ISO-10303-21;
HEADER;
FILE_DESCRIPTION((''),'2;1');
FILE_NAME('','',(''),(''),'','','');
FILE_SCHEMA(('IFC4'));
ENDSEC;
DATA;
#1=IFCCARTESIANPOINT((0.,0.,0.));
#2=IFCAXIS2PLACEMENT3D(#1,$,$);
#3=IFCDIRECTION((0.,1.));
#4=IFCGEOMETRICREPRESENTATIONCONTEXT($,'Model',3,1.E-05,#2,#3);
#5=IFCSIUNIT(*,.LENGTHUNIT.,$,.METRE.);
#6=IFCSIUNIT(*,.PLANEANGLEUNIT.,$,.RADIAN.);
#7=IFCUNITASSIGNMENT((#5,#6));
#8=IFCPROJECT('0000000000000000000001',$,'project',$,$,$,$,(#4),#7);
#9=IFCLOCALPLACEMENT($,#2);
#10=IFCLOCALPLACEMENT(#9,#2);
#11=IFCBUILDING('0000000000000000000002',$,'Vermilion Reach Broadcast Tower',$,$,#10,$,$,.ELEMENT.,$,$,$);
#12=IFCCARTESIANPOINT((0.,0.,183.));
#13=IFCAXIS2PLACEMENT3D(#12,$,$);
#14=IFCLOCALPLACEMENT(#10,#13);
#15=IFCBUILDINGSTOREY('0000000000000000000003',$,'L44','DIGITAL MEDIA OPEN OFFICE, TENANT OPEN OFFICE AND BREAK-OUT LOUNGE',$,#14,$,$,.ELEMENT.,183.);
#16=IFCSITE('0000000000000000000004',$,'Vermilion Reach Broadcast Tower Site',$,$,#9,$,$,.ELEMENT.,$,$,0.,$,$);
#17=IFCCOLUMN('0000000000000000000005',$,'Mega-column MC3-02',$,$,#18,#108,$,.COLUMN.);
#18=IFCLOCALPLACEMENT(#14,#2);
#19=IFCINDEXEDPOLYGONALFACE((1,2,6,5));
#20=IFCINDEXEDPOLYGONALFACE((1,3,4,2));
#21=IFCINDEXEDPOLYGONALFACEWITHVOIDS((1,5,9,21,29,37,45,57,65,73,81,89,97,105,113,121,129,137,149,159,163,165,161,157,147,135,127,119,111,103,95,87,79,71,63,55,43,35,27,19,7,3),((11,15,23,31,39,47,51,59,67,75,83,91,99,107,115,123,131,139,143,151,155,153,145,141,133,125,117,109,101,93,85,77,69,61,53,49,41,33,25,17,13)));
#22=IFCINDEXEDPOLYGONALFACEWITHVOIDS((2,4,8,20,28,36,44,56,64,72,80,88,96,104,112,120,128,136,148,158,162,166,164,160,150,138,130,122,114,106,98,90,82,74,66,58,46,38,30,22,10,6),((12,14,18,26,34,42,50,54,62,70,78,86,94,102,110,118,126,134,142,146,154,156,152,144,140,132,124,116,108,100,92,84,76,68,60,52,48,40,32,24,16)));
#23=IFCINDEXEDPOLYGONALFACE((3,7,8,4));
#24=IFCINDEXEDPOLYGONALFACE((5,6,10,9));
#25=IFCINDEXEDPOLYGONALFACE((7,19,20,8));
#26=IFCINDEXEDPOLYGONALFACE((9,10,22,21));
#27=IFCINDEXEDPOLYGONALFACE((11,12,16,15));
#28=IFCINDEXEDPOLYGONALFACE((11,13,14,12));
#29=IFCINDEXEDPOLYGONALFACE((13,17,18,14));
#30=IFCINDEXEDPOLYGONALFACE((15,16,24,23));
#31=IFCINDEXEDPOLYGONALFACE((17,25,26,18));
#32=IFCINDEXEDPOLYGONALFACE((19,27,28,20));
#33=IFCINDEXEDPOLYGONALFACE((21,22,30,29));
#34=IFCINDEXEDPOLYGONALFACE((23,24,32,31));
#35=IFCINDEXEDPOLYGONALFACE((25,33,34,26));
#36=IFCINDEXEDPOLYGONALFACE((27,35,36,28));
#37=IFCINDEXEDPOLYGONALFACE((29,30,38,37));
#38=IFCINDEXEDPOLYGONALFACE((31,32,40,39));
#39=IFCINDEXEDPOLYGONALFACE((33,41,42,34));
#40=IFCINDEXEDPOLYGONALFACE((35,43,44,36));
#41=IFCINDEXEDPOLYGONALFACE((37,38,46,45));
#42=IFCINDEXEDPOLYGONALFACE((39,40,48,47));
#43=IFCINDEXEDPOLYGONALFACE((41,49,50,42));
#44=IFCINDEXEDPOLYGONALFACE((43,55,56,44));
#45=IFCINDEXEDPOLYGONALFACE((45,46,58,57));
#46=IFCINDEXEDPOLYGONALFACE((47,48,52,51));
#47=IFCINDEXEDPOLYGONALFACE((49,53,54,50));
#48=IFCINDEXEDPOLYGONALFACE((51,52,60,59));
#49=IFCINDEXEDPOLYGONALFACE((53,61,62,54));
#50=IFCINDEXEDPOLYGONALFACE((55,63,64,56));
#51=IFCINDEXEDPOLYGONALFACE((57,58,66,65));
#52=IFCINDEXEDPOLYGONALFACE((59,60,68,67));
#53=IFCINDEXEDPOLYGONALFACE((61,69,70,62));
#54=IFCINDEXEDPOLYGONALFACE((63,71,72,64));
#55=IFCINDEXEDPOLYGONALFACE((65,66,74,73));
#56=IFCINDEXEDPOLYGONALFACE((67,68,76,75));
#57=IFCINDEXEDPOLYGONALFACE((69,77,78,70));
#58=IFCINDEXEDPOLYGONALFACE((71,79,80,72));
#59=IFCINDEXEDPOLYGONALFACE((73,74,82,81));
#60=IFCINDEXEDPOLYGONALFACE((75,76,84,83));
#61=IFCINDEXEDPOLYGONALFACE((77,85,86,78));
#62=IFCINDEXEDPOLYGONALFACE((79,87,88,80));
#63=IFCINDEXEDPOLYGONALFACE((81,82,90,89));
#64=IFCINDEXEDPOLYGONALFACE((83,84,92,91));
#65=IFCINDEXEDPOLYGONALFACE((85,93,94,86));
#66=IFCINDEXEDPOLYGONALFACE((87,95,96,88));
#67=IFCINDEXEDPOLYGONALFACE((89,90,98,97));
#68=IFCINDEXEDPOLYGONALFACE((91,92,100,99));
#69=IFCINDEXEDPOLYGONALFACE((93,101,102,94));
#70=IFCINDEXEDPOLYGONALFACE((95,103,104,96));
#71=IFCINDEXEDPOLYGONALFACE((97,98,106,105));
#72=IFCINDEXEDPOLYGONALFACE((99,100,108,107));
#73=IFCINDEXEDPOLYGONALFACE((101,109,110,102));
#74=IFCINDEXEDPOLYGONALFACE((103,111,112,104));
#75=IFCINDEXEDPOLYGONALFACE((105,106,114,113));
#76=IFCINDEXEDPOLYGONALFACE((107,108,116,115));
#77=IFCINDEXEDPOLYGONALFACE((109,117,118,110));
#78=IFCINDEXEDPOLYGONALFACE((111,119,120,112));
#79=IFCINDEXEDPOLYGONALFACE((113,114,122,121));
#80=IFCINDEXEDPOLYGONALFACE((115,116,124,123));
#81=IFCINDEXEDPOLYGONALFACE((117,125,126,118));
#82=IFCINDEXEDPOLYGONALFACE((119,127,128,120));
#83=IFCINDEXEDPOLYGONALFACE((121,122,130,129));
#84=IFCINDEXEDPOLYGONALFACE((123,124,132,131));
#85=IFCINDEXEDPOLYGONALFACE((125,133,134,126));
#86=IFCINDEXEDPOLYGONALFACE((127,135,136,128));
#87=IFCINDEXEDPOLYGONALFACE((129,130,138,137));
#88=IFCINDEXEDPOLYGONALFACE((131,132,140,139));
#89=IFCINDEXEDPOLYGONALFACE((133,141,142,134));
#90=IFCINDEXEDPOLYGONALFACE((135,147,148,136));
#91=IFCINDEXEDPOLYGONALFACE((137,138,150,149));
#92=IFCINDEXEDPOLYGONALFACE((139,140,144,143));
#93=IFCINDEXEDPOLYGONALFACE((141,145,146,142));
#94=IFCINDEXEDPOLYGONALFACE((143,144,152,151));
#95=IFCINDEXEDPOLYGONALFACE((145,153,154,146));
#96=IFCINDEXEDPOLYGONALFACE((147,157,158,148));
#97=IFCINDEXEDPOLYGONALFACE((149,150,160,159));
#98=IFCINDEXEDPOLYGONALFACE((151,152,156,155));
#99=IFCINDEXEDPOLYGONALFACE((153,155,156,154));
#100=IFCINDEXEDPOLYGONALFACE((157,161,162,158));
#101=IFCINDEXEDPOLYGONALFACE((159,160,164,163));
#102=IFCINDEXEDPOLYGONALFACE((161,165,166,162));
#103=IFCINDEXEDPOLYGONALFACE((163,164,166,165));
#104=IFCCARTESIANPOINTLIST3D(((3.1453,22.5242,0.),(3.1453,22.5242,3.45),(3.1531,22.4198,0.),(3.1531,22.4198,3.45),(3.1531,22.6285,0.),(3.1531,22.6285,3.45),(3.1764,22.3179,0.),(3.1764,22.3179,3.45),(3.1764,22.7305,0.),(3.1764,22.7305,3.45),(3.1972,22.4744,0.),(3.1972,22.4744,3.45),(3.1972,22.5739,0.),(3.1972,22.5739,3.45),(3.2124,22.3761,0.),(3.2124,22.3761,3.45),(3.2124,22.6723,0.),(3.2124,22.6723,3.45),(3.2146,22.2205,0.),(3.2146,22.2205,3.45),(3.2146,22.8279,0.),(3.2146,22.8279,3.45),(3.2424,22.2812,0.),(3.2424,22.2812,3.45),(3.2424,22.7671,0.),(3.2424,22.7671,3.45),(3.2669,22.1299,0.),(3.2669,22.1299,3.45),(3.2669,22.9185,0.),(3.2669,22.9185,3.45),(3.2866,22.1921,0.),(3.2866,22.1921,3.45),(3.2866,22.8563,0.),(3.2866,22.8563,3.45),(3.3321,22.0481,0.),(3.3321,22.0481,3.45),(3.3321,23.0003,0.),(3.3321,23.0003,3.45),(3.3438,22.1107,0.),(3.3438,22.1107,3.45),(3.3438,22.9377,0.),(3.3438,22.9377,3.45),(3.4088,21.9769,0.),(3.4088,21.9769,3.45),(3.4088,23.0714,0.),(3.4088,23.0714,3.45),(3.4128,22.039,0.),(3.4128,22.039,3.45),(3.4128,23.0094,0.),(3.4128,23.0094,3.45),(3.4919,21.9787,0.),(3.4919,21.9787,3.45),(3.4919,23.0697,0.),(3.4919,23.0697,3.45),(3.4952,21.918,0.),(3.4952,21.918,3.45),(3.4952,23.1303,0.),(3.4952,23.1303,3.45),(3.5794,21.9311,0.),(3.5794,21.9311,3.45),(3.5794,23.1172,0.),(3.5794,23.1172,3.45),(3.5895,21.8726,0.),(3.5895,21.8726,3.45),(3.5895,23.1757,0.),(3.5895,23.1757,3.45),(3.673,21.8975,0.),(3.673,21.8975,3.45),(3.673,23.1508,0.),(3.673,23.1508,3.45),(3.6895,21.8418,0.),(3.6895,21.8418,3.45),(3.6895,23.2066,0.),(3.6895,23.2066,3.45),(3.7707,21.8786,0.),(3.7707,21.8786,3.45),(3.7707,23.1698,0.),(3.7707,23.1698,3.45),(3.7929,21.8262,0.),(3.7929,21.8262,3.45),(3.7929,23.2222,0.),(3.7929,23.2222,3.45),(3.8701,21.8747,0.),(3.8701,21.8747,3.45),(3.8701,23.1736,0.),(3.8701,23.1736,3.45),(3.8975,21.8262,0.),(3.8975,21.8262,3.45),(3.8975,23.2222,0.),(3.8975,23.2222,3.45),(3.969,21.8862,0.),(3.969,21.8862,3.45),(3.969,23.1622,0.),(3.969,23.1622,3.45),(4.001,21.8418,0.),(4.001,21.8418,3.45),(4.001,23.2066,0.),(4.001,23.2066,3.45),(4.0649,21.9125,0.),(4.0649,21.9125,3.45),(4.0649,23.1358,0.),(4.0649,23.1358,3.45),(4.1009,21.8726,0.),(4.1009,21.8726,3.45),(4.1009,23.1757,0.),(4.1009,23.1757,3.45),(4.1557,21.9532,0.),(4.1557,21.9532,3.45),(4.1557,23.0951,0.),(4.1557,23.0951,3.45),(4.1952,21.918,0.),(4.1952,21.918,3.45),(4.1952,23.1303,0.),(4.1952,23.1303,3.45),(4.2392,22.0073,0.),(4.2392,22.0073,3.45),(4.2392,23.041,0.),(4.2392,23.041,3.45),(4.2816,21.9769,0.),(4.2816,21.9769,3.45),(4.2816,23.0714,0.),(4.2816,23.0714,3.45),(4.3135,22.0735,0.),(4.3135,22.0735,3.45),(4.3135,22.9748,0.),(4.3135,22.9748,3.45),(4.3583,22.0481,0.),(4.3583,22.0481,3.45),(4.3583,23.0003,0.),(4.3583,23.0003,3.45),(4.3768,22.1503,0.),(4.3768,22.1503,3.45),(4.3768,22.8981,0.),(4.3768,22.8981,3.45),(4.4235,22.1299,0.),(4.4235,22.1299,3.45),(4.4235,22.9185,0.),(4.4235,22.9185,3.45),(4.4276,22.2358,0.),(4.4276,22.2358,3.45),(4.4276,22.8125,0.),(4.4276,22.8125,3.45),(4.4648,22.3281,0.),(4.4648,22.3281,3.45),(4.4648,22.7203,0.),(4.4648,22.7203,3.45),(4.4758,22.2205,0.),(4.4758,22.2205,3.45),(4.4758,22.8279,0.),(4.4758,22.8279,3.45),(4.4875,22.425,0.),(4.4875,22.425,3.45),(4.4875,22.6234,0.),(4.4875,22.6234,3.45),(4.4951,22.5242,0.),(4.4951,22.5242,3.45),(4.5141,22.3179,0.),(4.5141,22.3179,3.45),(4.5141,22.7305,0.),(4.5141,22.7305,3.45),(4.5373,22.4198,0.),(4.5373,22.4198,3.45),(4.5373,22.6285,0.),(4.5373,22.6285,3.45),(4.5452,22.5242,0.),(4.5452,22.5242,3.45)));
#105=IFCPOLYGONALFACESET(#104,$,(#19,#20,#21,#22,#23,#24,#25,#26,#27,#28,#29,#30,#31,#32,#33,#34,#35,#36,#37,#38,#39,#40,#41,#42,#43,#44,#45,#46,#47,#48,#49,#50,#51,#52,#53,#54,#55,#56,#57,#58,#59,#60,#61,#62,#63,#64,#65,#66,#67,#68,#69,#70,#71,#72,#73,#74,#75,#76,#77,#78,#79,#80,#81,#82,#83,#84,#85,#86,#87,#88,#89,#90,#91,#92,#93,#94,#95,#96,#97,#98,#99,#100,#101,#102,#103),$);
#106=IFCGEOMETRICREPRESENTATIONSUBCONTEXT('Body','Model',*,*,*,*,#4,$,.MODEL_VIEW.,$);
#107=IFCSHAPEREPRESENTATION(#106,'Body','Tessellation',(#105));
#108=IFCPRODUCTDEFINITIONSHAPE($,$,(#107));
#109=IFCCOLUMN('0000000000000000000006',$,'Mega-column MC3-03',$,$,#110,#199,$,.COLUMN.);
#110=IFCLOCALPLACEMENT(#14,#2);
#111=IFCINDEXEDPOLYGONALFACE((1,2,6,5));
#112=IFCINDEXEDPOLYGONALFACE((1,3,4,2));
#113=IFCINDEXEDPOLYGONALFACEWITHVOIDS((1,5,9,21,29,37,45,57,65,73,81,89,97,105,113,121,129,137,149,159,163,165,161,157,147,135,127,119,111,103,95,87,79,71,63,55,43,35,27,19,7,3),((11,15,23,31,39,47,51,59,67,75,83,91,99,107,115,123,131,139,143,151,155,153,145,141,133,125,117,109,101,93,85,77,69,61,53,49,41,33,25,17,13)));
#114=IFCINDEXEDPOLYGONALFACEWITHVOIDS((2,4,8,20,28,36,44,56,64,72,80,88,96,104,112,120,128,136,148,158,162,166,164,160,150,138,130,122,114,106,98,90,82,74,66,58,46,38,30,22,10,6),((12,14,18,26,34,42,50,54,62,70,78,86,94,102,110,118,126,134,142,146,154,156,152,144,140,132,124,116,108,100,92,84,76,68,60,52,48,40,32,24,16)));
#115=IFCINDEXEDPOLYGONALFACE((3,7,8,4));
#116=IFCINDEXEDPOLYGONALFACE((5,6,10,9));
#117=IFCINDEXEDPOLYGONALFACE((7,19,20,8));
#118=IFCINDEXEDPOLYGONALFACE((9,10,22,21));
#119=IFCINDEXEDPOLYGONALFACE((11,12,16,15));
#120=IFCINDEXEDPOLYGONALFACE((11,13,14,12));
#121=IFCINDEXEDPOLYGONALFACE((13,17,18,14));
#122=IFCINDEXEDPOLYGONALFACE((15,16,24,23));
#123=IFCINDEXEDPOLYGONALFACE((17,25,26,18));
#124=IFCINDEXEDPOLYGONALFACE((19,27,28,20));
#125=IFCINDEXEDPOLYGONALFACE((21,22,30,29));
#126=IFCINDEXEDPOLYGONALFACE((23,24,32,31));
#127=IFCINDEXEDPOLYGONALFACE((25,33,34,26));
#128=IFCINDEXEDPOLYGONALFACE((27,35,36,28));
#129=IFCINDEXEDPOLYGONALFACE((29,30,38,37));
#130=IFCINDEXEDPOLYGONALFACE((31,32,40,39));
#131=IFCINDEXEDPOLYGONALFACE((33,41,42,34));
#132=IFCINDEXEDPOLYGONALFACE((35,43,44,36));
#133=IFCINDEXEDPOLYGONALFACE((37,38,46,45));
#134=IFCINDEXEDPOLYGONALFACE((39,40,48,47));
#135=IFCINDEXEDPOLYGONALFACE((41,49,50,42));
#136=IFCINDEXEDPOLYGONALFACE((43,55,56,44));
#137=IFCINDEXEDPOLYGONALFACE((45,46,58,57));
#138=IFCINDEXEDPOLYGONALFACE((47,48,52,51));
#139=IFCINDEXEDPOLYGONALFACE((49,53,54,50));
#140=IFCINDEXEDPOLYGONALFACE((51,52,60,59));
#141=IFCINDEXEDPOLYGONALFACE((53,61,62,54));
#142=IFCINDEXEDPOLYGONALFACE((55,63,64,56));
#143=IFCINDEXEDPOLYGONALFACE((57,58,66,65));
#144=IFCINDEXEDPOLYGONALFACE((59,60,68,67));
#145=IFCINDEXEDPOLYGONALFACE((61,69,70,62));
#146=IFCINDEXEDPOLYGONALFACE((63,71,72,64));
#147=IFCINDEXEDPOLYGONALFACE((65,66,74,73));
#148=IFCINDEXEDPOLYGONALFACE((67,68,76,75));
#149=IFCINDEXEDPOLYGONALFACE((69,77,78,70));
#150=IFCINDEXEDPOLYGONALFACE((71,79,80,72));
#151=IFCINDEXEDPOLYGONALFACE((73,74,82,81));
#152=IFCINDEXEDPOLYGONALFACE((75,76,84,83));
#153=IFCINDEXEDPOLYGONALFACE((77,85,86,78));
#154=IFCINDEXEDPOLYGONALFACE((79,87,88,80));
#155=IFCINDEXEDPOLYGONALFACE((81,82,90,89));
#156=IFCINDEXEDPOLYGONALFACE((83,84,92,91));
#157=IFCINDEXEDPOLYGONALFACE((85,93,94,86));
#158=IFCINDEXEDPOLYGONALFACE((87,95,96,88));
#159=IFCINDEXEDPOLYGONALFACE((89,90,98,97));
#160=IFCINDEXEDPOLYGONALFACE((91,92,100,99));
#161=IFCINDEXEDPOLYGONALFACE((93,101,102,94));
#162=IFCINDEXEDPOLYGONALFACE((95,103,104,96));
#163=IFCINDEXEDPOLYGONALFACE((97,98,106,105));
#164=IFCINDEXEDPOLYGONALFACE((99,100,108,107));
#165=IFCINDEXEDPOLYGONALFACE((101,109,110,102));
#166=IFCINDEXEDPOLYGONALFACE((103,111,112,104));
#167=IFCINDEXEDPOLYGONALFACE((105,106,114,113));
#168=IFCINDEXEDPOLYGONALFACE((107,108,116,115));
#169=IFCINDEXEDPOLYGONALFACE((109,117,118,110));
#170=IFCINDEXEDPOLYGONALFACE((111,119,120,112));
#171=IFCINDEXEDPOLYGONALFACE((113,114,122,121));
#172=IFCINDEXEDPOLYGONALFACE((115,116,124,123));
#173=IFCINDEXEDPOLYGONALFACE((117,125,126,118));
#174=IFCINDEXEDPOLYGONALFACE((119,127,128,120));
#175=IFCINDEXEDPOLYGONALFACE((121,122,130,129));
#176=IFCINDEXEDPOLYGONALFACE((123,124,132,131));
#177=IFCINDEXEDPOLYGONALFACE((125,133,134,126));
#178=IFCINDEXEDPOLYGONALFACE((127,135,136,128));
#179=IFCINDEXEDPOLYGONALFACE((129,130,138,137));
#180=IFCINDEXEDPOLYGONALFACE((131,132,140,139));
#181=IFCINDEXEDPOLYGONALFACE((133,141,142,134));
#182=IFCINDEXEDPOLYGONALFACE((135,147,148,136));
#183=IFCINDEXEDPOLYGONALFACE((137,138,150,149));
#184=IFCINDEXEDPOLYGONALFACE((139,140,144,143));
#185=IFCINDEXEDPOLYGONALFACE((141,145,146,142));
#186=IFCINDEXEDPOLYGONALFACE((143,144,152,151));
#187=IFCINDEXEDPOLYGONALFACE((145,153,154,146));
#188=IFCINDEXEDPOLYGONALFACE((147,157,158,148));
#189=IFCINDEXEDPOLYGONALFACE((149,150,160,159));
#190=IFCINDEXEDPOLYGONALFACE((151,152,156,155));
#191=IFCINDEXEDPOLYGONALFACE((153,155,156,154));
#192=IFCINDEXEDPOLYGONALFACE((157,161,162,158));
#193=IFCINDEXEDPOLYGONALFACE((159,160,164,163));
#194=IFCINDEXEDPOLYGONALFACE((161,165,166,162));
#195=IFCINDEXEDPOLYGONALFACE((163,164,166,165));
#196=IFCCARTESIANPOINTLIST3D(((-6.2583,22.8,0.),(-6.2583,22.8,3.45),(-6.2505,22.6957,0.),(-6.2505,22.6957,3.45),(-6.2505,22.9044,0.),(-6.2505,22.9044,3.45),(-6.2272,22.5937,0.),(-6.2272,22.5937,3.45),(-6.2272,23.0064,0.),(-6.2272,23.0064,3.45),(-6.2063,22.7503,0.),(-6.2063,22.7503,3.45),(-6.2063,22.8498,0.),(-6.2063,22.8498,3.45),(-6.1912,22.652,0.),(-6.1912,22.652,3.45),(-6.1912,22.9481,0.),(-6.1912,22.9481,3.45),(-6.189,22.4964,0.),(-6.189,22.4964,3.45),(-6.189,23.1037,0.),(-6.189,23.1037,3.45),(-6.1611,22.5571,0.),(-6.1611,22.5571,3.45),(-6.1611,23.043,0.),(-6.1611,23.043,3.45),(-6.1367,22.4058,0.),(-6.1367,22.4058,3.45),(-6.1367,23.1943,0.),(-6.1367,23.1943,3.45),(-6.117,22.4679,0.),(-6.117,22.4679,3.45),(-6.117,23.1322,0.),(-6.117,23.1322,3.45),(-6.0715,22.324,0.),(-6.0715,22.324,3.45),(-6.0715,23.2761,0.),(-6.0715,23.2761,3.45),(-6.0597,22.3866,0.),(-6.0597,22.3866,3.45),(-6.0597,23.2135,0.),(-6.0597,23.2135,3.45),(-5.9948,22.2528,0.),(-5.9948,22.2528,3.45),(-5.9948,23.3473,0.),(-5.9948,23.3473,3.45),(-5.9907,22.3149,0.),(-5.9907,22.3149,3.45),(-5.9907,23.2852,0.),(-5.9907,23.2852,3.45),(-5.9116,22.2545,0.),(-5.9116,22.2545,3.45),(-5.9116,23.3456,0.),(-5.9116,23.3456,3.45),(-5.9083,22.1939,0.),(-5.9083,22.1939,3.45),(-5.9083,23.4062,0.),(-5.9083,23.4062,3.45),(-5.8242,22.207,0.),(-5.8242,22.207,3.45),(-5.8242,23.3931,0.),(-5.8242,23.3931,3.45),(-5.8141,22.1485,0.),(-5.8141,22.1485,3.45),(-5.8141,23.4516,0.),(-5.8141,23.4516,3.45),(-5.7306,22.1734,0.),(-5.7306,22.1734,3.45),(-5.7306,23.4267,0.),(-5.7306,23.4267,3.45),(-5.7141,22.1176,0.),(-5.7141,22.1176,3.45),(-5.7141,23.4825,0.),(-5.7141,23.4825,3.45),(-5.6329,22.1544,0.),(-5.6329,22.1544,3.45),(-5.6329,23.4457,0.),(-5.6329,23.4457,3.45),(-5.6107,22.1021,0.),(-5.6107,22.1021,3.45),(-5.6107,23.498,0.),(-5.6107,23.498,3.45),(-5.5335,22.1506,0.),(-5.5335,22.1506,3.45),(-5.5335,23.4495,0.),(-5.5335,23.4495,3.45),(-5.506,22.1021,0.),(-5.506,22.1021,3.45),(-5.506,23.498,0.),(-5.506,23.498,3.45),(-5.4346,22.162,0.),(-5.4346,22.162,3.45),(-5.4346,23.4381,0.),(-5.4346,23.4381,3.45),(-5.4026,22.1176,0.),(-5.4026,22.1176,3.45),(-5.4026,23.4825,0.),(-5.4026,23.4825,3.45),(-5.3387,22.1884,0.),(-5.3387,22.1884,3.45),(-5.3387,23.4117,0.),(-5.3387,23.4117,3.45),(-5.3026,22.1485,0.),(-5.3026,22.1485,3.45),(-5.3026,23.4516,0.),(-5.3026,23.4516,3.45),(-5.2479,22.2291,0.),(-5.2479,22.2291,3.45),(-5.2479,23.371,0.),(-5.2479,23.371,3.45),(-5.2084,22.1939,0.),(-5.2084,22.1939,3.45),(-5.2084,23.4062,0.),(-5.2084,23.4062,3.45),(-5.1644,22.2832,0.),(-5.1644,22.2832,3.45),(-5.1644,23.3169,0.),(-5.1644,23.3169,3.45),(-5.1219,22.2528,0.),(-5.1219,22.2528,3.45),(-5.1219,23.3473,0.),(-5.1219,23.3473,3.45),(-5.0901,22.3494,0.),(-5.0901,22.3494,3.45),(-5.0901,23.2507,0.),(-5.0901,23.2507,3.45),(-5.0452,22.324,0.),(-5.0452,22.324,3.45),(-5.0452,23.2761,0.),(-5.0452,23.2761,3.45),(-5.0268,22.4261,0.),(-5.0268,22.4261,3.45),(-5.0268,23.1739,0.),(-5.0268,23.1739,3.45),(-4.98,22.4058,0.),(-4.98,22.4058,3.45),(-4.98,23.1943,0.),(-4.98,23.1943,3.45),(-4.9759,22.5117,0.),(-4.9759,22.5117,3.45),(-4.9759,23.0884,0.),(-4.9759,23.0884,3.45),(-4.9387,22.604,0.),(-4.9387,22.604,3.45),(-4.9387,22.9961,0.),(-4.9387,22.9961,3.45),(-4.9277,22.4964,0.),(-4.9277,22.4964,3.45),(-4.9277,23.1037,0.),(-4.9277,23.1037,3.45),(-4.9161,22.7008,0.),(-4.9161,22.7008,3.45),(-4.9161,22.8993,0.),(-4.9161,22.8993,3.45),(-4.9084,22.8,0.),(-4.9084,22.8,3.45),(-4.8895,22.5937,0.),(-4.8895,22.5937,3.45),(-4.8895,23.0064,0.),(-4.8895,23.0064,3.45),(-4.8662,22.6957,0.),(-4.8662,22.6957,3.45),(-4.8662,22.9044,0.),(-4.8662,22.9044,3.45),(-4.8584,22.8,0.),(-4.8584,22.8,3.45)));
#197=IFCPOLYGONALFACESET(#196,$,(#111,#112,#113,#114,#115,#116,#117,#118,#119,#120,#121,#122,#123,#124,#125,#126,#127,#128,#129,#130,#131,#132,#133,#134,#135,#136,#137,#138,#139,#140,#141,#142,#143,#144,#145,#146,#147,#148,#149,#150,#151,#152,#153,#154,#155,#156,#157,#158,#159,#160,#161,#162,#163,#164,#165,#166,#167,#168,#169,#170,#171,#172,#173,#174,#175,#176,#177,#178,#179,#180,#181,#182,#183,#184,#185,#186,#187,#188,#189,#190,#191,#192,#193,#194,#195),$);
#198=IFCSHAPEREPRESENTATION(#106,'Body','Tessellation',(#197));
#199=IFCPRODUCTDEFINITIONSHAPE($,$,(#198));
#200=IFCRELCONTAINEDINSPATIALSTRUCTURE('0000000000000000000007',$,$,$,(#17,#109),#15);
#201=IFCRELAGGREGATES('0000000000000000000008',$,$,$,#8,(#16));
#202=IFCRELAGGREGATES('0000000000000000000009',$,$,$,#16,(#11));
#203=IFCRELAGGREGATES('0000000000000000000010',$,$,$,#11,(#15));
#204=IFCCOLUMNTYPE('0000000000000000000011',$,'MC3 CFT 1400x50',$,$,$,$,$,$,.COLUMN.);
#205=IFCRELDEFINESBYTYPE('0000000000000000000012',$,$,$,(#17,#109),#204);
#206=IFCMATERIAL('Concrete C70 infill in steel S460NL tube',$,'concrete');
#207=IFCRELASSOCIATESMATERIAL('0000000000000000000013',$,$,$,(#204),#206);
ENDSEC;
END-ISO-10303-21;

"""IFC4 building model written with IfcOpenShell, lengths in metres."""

from ifc_helpers import new_model, si_unit, direction, frame, origin, origin_2d, place, context, subcontext, project, spatial, hollow_circle, extrude, material, material_profile, profile_set, type_object, element, save


model = new_model("IFC4")

# Units and contexts
model_context = context("Model", 3, precision=1e-05, world=origin(), true_north=direction((0.0, 1.0)))
body_context = subcontext(model_context, "Body", "Model", "MODEL_VIEW")
ifc_project = project(units=[si_unit("LENGTHUNIT", "METRE"), si_unit("PLANEANGLEUNIT", "RADIAN")], contexts=[model_context])

# Site, building, storey
site_placement = place(None, origin())
site = spatial("IfcSite", under=ifc_project, at=site_placement, Name="Vermilion Reach Broadcast Tower Site", CompositionType="ELEMENT", RefElevation=0.0)
building_placement = place(site_placement, origin())
building = spatial("IfcBuilding", under=site, at=building_placement, Name="Vermilion Reach Broadcast Tower", CompositionType="ELEMENT")
storey_placement = place(building_placement, frame((0.0, 0.0, 183.0)))
storey = spatial("IfcBuildingStorey", under=building, at=storey_placement, Name="L44", Description="DIGITAL MEDIA OPEN OFFICE, TENANT OPEN OFFICE AND BREAK-OUT LOUNGE", CompositionType="ELEMENT", Elevation=183.0)

# Columns
ifc_material_1 = material(Name="Concrete C70 infill in steel S460NL tube", Category="concrete")
ifc_material_profile_1 = material_profile(ifc_material_1, hollow_circle(Radius=0.7, WallThickness=0.05, at=origin_2d()), Name="Concrete C70 infill in steel S460NL tube CFT 1400x50")
ifc_profile_set_1 = profile_set([ifc_material_profile_1], Name="Concrete C70 infill in steel S460NL tube")
column_type = type_object("IfcColumnType", Name="MC3 CFT 1400x50", PredefinedType="COLUMN", material=ifc_profile_set_1)
for number, where, z_axis, x_axis, name in (
    (1, (3.8452, 22.5242, 0.0), (0.0, 0.0, 1.0), (1.0, 0.0, 0.0), "Mega-column MC3-02"),
    (2, (-5.5583, 22.8, 0.0), (0.0, 0.0, 1.0), (1.0, 0.0, 0.0), "Mega-column MC3-03"),
):
    element("IfcColumn", number, at=place(storey_placement, frame(where, z_axis=z_axis, x_axis=x_axis)), inside=storey, type_object=column_type, Name=name, PredefinedType="COLUMN", context=body_context, shape_type="SweptSolid", body=[
        extrude(hollow_circle(Radius=0.7, WallThickness=0.05, at=origin_2d()), origin(), (0.0, 0.0, 1.0), 3.45),
    ])

save(model, "model.ifc")
